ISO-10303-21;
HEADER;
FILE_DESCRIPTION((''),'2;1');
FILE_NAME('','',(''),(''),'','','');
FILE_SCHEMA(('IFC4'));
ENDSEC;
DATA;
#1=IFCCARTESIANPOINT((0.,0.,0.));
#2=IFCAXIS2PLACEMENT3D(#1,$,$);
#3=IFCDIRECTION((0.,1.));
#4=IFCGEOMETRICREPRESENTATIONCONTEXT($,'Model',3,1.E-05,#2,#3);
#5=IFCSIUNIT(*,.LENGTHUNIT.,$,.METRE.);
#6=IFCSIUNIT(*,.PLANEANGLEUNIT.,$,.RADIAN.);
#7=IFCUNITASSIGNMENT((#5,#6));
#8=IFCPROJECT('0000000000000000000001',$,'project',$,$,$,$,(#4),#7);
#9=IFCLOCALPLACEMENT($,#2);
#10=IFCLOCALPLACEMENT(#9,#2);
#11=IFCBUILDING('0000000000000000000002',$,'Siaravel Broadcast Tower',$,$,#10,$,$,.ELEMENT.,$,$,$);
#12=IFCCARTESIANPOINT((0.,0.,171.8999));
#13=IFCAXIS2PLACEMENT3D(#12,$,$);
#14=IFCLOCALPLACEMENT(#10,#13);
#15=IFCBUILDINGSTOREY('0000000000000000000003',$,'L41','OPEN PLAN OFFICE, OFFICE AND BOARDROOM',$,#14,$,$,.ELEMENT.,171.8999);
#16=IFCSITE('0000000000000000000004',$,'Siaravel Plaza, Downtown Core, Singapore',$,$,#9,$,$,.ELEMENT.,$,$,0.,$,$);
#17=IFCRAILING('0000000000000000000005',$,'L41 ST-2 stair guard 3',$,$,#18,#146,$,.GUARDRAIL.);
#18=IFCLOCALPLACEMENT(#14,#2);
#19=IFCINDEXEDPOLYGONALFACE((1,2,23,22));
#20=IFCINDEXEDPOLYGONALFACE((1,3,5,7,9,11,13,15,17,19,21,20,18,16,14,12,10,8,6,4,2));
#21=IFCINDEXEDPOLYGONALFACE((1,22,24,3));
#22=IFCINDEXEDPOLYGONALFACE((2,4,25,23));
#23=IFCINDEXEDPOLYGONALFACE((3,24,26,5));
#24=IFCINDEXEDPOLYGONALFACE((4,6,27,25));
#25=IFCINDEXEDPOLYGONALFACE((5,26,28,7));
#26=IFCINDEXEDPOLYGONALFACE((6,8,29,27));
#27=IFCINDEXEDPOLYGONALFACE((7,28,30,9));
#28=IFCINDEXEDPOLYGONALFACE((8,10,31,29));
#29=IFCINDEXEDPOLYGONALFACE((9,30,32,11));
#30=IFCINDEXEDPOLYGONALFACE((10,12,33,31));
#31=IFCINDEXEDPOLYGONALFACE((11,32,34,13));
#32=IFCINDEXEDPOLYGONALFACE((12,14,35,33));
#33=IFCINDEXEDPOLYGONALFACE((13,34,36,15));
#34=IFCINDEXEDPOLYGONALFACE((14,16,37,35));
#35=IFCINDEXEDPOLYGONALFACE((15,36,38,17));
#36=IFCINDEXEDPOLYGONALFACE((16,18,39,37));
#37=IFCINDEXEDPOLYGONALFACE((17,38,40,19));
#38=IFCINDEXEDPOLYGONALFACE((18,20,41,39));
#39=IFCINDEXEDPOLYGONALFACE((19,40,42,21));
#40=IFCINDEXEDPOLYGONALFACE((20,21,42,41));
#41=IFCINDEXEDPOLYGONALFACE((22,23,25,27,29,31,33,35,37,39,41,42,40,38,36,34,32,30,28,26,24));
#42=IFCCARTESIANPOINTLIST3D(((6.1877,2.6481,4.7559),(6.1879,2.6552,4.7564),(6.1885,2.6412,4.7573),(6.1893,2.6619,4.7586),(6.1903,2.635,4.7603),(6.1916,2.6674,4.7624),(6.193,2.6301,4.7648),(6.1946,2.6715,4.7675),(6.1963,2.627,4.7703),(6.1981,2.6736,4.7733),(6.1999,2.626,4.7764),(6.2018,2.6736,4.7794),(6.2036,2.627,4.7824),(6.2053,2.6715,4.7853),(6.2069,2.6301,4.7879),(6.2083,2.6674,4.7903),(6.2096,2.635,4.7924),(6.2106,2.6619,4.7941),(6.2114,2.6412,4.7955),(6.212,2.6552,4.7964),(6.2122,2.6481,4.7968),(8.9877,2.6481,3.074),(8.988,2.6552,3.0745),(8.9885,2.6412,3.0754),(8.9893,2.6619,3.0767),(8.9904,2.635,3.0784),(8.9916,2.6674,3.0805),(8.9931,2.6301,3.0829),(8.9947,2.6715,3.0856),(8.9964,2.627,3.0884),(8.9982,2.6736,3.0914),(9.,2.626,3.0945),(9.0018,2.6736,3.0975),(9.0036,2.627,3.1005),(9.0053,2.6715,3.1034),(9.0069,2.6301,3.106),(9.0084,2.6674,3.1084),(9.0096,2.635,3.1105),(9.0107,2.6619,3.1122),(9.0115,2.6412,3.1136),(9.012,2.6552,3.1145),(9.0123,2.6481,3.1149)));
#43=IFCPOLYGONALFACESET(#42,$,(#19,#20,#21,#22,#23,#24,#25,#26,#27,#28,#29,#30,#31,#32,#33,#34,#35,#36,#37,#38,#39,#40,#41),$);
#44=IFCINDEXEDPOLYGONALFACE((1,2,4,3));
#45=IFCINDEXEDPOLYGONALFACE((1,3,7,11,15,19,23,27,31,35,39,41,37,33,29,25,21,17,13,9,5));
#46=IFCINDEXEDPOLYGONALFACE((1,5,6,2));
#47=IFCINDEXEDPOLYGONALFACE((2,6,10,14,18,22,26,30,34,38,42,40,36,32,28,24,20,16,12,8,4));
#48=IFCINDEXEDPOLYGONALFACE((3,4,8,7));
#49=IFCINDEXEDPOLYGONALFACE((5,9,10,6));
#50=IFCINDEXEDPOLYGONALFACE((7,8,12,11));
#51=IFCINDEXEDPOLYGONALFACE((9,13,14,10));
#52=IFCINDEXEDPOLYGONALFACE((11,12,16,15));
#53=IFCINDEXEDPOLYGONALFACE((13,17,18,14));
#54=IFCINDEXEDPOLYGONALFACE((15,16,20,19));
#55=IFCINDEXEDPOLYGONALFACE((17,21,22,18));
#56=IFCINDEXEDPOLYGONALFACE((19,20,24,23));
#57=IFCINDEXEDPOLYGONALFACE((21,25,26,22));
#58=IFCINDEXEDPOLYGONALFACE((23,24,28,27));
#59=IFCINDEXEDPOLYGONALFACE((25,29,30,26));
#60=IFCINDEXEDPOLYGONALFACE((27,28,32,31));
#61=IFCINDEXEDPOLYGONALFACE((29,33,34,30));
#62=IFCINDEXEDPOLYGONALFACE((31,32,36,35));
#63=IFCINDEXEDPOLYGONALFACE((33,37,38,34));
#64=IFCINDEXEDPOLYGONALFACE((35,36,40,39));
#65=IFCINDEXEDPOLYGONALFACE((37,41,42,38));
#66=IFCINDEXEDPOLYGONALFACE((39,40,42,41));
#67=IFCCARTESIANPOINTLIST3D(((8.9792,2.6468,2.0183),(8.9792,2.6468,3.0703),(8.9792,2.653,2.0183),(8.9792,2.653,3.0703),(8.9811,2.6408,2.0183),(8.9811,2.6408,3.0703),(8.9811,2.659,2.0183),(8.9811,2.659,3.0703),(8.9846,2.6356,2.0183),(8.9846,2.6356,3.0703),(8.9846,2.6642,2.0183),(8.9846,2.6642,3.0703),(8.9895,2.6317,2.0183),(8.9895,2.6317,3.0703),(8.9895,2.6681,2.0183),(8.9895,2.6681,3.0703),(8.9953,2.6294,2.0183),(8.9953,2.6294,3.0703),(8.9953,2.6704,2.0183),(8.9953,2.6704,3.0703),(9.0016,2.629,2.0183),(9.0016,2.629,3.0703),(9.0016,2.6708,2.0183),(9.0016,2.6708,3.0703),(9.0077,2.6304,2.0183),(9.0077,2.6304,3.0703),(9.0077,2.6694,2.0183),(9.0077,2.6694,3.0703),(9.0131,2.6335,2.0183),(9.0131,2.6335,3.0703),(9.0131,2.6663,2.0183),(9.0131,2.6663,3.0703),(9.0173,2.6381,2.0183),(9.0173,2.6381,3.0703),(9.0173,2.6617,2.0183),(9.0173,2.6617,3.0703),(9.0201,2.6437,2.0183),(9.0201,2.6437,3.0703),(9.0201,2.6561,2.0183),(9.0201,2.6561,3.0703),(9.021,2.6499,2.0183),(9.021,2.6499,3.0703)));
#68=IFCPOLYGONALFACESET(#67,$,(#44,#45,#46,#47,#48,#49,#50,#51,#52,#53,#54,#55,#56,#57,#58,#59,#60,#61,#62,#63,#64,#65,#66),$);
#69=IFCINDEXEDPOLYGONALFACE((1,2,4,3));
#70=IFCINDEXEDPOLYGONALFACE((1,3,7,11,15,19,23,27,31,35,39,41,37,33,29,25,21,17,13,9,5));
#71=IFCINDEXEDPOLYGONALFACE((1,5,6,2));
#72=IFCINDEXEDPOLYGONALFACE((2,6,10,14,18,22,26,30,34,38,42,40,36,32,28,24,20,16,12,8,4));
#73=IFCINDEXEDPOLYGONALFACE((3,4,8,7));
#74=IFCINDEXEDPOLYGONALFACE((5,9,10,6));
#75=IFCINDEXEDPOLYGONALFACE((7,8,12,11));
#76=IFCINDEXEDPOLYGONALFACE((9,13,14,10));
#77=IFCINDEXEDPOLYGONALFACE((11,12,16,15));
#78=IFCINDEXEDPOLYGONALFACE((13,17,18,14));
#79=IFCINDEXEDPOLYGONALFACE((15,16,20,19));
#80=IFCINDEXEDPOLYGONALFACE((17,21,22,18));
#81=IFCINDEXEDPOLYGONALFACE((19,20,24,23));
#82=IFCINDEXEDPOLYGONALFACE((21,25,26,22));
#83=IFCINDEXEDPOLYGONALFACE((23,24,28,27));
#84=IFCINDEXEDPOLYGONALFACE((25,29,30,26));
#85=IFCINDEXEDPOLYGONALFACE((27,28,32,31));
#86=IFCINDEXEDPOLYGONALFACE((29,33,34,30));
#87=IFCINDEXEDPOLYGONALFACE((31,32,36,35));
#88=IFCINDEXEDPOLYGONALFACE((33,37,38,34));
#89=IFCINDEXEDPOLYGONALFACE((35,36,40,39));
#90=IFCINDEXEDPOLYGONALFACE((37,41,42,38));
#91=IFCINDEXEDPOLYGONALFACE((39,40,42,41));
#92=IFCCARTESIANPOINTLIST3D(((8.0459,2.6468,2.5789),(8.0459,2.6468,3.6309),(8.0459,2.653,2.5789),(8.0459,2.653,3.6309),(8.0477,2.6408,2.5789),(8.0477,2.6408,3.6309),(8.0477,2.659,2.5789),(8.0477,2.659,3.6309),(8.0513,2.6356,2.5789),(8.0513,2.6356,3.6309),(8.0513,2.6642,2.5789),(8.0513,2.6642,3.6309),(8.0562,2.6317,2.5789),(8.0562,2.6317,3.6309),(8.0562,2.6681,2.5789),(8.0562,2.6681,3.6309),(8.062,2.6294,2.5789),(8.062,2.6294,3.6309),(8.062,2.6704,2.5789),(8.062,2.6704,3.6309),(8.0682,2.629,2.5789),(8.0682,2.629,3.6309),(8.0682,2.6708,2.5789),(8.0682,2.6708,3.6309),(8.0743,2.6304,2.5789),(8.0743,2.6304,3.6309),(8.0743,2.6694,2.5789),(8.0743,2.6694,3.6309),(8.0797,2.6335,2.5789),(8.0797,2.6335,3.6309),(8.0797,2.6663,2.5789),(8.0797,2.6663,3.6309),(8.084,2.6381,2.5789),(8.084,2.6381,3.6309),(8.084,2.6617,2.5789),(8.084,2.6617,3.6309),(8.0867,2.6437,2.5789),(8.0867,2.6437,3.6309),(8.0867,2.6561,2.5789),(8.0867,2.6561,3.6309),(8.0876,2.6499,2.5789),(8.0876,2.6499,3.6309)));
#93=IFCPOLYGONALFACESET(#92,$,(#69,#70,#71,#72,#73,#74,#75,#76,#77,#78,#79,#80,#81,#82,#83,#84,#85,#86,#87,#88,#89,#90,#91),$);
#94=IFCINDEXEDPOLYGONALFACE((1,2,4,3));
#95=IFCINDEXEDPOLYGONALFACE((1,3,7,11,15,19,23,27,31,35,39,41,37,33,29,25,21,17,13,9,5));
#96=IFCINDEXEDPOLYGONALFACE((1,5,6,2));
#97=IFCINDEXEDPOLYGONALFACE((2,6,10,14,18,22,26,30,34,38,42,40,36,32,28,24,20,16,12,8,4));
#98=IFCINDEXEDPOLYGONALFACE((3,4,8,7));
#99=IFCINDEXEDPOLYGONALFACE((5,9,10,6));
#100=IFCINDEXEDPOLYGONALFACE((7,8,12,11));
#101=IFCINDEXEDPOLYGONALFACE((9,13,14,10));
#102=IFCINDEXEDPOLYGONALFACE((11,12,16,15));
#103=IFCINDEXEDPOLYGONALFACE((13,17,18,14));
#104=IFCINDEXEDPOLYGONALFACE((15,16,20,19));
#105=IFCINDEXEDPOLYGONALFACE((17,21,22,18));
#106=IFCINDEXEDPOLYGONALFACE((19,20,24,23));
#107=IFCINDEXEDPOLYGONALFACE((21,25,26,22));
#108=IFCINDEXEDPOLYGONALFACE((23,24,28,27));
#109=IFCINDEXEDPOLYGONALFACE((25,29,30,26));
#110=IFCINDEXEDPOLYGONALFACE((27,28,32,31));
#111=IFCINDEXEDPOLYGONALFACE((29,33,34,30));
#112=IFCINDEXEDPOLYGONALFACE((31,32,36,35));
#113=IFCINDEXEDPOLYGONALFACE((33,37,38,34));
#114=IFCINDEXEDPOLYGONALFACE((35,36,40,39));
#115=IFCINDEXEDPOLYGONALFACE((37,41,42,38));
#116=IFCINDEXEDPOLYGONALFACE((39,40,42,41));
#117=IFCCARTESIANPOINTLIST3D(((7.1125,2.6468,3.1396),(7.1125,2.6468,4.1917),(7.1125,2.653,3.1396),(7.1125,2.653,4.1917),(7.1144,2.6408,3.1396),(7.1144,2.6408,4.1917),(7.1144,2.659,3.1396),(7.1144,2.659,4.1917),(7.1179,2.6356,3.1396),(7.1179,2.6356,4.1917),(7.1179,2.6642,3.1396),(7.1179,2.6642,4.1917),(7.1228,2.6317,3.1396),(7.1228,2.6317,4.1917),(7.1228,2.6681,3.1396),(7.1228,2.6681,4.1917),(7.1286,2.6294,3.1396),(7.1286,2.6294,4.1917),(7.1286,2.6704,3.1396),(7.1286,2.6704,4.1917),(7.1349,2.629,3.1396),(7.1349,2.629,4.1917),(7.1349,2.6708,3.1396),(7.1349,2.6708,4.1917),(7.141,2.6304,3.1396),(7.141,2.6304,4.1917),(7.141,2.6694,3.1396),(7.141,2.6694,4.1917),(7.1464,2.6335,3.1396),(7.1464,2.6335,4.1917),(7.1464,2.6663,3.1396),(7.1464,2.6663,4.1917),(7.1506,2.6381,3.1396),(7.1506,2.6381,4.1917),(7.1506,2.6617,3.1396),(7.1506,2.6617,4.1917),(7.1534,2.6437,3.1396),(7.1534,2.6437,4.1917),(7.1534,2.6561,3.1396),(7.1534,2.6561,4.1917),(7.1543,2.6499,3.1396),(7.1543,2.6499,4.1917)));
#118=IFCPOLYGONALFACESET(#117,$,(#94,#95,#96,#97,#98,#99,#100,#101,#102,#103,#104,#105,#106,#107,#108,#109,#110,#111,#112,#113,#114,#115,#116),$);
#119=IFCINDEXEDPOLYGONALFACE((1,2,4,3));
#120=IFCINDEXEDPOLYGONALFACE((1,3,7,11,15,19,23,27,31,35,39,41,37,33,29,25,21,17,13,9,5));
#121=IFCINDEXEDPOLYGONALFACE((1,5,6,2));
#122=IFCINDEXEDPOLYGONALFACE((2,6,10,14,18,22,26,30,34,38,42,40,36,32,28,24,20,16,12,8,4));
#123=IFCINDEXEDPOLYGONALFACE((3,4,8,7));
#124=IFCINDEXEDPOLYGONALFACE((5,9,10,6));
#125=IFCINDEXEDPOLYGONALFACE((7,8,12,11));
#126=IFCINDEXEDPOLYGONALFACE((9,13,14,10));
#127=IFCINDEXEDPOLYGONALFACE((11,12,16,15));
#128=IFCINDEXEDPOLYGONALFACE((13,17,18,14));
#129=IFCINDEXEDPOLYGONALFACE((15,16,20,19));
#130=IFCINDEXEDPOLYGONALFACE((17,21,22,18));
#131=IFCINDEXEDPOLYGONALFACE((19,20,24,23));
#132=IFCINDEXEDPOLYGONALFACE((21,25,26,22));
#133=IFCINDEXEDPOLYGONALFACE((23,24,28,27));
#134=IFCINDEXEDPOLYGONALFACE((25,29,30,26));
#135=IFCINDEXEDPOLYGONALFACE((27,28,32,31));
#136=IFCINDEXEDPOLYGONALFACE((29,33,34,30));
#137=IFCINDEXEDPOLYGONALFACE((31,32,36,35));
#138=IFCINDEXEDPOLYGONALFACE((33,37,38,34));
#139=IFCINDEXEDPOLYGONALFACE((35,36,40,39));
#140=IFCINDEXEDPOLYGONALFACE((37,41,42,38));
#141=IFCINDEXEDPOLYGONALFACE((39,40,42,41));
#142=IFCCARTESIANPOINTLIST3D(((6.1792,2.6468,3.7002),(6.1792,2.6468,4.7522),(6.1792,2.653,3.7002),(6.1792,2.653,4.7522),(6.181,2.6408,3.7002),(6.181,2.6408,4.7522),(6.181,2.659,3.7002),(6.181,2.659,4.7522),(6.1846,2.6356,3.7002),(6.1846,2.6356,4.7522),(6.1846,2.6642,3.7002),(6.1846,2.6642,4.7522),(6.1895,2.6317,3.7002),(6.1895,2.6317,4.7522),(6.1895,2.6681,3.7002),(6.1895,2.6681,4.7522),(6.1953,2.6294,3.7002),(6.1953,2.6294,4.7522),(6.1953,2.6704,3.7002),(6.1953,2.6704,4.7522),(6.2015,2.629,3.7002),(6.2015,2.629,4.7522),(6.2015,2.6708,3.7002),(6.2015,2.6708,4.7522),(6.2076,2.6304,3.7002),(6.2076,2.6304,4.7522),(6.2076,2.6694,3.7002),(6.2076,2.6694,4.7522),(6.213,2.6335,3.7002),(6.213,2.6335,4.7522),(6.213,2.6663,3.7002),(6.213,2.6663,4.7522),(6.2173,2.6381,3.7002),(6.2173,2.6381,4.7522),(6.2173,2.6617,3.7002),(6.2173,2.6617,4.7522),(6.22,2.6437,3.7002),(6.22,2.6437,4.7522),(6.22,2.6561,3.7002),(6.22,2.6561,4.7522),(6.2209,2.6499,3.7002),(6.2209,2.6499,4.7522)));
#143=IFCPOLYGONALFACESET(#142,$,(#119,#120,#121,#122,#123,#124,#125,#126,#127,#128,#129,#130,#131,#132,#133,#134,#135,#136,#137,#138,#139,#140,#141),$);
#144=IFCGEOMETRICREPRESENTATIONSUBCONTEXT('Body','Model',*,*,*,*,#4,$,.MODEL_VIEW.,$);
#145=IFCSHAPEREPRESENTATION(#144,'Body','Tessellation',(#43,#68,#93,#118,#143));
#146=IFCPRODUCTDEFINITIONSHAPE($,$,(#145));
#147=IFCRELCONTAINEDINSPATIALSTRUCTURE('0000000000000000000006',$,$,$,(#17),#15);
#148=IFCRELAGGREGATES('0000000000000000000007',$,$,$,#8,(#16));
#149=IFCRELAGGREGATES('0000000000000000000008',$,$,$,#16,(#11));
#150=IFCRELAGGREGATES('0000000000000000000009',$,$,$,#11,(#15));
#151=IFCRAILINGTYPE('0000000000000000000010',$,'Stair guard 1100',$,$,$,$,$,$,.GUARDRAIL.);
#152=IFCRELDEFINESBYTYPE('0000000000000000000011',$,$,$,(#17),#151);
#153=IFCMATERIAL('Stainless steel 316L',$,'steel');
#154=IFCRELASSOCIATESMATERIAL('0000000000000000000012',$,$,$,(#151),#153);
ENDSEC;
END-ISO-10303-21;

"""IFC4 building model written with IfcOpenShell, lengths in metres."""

from ifc_helpers import new_model, si_unit, direction, frame, origin, origin_2d, place, context, subcontext, project, spatial, circle, extrude, material, type_object, element, save


model = new_model("IFC4")

# Units and contexts
model_context = context("Model", 3, precision=1e-05, world=origin(), true_north=direction((0.0, 1.0)))
body_context = subcontext(model_context, "Body", "Model", "MODEL_VIEW")
ifc_project = project(units=[si_unit("LENGTHUNIT", "METRE"), si_unit("PLANEANGLEUNIT", "RADIAN")], contexts=[model_context])

# Site, building, storey
site_placement = place(None, origin())
site = spatial("IfcSite", under=ifc_project, at=site_placement, Name="Siaravel Plaza, Downtown Core, Singapore", CompositionType="ELEMENT", RefElevation=0.0)
building_placement = place(site_placement, origin())
building = spatial("IfcBuilding", under=site, at=building_placement, Name="Siaravel Broadcast Tower", CompositionType="ELEMENT")
storey_placement = place(building_placement, frame((0.0, 0.0, 171.8999)))
storey = spatial("IfcBuildingStorey", under=building, at=storey_placement, Name="L41", Description="OPEN PLAN OFFICE, OFFICE AND BOARDROOM", CompositionType="ELEMENT", Elevation=171.8999)

# Railing
ifc_material_1 = material(Name="Stainless steel 316L", Category="steel")
railing_type_1 = type_object("IfcRailingType", Name="Stair guard 1100", PredefinedType="GUARDRAIL", material=ifc_material_1)
railing_1_placement = place(storey_placement, frame((9.0, 2.6499, 2.0183)))
element("IfcRailing", 1, at=railing_1_placement, inside=storey, type_object=railing_type_1, Name="L41 ST-2 stair guard 3", PredefinedType="GUARDRAIL", context=body_context, shape_type="SweptSolid", body=[
    extrude(circle(Radius=0.0239, at=origin_2d()), frame((0.0, 0.0, 1.0762), z_axis=(-0.857242, 0.0, 0.514913), x_axis=(0.0, -1.0, 0.0)), (0.0, 0.0, 1.0), 3.2664),
    extrude(circle(Radius=0.021, at=origin_2d()), origin(), (0.0, 0.0, 1.0), 1.052),
    extrude(circle(Radius=0.021, at=origin_2d()), frame((-0.9333, 0.0, 0.5605)), (0.0, 0.0, 1.0), 1.052),
    extrude(circle(Radius=0.021, at=origin_2d()), frame((-1.8667, 0.0, 1.1213)), (0.0, 0.0, 1.0), 1.052),
    extrude(circle(Radius=0.021, at=origin_2d()), frame((-2.8, 0.0, 1.6819)), (0.0, 0.0, 1.0), 1.052),
])

save(model, "model.ifc")
